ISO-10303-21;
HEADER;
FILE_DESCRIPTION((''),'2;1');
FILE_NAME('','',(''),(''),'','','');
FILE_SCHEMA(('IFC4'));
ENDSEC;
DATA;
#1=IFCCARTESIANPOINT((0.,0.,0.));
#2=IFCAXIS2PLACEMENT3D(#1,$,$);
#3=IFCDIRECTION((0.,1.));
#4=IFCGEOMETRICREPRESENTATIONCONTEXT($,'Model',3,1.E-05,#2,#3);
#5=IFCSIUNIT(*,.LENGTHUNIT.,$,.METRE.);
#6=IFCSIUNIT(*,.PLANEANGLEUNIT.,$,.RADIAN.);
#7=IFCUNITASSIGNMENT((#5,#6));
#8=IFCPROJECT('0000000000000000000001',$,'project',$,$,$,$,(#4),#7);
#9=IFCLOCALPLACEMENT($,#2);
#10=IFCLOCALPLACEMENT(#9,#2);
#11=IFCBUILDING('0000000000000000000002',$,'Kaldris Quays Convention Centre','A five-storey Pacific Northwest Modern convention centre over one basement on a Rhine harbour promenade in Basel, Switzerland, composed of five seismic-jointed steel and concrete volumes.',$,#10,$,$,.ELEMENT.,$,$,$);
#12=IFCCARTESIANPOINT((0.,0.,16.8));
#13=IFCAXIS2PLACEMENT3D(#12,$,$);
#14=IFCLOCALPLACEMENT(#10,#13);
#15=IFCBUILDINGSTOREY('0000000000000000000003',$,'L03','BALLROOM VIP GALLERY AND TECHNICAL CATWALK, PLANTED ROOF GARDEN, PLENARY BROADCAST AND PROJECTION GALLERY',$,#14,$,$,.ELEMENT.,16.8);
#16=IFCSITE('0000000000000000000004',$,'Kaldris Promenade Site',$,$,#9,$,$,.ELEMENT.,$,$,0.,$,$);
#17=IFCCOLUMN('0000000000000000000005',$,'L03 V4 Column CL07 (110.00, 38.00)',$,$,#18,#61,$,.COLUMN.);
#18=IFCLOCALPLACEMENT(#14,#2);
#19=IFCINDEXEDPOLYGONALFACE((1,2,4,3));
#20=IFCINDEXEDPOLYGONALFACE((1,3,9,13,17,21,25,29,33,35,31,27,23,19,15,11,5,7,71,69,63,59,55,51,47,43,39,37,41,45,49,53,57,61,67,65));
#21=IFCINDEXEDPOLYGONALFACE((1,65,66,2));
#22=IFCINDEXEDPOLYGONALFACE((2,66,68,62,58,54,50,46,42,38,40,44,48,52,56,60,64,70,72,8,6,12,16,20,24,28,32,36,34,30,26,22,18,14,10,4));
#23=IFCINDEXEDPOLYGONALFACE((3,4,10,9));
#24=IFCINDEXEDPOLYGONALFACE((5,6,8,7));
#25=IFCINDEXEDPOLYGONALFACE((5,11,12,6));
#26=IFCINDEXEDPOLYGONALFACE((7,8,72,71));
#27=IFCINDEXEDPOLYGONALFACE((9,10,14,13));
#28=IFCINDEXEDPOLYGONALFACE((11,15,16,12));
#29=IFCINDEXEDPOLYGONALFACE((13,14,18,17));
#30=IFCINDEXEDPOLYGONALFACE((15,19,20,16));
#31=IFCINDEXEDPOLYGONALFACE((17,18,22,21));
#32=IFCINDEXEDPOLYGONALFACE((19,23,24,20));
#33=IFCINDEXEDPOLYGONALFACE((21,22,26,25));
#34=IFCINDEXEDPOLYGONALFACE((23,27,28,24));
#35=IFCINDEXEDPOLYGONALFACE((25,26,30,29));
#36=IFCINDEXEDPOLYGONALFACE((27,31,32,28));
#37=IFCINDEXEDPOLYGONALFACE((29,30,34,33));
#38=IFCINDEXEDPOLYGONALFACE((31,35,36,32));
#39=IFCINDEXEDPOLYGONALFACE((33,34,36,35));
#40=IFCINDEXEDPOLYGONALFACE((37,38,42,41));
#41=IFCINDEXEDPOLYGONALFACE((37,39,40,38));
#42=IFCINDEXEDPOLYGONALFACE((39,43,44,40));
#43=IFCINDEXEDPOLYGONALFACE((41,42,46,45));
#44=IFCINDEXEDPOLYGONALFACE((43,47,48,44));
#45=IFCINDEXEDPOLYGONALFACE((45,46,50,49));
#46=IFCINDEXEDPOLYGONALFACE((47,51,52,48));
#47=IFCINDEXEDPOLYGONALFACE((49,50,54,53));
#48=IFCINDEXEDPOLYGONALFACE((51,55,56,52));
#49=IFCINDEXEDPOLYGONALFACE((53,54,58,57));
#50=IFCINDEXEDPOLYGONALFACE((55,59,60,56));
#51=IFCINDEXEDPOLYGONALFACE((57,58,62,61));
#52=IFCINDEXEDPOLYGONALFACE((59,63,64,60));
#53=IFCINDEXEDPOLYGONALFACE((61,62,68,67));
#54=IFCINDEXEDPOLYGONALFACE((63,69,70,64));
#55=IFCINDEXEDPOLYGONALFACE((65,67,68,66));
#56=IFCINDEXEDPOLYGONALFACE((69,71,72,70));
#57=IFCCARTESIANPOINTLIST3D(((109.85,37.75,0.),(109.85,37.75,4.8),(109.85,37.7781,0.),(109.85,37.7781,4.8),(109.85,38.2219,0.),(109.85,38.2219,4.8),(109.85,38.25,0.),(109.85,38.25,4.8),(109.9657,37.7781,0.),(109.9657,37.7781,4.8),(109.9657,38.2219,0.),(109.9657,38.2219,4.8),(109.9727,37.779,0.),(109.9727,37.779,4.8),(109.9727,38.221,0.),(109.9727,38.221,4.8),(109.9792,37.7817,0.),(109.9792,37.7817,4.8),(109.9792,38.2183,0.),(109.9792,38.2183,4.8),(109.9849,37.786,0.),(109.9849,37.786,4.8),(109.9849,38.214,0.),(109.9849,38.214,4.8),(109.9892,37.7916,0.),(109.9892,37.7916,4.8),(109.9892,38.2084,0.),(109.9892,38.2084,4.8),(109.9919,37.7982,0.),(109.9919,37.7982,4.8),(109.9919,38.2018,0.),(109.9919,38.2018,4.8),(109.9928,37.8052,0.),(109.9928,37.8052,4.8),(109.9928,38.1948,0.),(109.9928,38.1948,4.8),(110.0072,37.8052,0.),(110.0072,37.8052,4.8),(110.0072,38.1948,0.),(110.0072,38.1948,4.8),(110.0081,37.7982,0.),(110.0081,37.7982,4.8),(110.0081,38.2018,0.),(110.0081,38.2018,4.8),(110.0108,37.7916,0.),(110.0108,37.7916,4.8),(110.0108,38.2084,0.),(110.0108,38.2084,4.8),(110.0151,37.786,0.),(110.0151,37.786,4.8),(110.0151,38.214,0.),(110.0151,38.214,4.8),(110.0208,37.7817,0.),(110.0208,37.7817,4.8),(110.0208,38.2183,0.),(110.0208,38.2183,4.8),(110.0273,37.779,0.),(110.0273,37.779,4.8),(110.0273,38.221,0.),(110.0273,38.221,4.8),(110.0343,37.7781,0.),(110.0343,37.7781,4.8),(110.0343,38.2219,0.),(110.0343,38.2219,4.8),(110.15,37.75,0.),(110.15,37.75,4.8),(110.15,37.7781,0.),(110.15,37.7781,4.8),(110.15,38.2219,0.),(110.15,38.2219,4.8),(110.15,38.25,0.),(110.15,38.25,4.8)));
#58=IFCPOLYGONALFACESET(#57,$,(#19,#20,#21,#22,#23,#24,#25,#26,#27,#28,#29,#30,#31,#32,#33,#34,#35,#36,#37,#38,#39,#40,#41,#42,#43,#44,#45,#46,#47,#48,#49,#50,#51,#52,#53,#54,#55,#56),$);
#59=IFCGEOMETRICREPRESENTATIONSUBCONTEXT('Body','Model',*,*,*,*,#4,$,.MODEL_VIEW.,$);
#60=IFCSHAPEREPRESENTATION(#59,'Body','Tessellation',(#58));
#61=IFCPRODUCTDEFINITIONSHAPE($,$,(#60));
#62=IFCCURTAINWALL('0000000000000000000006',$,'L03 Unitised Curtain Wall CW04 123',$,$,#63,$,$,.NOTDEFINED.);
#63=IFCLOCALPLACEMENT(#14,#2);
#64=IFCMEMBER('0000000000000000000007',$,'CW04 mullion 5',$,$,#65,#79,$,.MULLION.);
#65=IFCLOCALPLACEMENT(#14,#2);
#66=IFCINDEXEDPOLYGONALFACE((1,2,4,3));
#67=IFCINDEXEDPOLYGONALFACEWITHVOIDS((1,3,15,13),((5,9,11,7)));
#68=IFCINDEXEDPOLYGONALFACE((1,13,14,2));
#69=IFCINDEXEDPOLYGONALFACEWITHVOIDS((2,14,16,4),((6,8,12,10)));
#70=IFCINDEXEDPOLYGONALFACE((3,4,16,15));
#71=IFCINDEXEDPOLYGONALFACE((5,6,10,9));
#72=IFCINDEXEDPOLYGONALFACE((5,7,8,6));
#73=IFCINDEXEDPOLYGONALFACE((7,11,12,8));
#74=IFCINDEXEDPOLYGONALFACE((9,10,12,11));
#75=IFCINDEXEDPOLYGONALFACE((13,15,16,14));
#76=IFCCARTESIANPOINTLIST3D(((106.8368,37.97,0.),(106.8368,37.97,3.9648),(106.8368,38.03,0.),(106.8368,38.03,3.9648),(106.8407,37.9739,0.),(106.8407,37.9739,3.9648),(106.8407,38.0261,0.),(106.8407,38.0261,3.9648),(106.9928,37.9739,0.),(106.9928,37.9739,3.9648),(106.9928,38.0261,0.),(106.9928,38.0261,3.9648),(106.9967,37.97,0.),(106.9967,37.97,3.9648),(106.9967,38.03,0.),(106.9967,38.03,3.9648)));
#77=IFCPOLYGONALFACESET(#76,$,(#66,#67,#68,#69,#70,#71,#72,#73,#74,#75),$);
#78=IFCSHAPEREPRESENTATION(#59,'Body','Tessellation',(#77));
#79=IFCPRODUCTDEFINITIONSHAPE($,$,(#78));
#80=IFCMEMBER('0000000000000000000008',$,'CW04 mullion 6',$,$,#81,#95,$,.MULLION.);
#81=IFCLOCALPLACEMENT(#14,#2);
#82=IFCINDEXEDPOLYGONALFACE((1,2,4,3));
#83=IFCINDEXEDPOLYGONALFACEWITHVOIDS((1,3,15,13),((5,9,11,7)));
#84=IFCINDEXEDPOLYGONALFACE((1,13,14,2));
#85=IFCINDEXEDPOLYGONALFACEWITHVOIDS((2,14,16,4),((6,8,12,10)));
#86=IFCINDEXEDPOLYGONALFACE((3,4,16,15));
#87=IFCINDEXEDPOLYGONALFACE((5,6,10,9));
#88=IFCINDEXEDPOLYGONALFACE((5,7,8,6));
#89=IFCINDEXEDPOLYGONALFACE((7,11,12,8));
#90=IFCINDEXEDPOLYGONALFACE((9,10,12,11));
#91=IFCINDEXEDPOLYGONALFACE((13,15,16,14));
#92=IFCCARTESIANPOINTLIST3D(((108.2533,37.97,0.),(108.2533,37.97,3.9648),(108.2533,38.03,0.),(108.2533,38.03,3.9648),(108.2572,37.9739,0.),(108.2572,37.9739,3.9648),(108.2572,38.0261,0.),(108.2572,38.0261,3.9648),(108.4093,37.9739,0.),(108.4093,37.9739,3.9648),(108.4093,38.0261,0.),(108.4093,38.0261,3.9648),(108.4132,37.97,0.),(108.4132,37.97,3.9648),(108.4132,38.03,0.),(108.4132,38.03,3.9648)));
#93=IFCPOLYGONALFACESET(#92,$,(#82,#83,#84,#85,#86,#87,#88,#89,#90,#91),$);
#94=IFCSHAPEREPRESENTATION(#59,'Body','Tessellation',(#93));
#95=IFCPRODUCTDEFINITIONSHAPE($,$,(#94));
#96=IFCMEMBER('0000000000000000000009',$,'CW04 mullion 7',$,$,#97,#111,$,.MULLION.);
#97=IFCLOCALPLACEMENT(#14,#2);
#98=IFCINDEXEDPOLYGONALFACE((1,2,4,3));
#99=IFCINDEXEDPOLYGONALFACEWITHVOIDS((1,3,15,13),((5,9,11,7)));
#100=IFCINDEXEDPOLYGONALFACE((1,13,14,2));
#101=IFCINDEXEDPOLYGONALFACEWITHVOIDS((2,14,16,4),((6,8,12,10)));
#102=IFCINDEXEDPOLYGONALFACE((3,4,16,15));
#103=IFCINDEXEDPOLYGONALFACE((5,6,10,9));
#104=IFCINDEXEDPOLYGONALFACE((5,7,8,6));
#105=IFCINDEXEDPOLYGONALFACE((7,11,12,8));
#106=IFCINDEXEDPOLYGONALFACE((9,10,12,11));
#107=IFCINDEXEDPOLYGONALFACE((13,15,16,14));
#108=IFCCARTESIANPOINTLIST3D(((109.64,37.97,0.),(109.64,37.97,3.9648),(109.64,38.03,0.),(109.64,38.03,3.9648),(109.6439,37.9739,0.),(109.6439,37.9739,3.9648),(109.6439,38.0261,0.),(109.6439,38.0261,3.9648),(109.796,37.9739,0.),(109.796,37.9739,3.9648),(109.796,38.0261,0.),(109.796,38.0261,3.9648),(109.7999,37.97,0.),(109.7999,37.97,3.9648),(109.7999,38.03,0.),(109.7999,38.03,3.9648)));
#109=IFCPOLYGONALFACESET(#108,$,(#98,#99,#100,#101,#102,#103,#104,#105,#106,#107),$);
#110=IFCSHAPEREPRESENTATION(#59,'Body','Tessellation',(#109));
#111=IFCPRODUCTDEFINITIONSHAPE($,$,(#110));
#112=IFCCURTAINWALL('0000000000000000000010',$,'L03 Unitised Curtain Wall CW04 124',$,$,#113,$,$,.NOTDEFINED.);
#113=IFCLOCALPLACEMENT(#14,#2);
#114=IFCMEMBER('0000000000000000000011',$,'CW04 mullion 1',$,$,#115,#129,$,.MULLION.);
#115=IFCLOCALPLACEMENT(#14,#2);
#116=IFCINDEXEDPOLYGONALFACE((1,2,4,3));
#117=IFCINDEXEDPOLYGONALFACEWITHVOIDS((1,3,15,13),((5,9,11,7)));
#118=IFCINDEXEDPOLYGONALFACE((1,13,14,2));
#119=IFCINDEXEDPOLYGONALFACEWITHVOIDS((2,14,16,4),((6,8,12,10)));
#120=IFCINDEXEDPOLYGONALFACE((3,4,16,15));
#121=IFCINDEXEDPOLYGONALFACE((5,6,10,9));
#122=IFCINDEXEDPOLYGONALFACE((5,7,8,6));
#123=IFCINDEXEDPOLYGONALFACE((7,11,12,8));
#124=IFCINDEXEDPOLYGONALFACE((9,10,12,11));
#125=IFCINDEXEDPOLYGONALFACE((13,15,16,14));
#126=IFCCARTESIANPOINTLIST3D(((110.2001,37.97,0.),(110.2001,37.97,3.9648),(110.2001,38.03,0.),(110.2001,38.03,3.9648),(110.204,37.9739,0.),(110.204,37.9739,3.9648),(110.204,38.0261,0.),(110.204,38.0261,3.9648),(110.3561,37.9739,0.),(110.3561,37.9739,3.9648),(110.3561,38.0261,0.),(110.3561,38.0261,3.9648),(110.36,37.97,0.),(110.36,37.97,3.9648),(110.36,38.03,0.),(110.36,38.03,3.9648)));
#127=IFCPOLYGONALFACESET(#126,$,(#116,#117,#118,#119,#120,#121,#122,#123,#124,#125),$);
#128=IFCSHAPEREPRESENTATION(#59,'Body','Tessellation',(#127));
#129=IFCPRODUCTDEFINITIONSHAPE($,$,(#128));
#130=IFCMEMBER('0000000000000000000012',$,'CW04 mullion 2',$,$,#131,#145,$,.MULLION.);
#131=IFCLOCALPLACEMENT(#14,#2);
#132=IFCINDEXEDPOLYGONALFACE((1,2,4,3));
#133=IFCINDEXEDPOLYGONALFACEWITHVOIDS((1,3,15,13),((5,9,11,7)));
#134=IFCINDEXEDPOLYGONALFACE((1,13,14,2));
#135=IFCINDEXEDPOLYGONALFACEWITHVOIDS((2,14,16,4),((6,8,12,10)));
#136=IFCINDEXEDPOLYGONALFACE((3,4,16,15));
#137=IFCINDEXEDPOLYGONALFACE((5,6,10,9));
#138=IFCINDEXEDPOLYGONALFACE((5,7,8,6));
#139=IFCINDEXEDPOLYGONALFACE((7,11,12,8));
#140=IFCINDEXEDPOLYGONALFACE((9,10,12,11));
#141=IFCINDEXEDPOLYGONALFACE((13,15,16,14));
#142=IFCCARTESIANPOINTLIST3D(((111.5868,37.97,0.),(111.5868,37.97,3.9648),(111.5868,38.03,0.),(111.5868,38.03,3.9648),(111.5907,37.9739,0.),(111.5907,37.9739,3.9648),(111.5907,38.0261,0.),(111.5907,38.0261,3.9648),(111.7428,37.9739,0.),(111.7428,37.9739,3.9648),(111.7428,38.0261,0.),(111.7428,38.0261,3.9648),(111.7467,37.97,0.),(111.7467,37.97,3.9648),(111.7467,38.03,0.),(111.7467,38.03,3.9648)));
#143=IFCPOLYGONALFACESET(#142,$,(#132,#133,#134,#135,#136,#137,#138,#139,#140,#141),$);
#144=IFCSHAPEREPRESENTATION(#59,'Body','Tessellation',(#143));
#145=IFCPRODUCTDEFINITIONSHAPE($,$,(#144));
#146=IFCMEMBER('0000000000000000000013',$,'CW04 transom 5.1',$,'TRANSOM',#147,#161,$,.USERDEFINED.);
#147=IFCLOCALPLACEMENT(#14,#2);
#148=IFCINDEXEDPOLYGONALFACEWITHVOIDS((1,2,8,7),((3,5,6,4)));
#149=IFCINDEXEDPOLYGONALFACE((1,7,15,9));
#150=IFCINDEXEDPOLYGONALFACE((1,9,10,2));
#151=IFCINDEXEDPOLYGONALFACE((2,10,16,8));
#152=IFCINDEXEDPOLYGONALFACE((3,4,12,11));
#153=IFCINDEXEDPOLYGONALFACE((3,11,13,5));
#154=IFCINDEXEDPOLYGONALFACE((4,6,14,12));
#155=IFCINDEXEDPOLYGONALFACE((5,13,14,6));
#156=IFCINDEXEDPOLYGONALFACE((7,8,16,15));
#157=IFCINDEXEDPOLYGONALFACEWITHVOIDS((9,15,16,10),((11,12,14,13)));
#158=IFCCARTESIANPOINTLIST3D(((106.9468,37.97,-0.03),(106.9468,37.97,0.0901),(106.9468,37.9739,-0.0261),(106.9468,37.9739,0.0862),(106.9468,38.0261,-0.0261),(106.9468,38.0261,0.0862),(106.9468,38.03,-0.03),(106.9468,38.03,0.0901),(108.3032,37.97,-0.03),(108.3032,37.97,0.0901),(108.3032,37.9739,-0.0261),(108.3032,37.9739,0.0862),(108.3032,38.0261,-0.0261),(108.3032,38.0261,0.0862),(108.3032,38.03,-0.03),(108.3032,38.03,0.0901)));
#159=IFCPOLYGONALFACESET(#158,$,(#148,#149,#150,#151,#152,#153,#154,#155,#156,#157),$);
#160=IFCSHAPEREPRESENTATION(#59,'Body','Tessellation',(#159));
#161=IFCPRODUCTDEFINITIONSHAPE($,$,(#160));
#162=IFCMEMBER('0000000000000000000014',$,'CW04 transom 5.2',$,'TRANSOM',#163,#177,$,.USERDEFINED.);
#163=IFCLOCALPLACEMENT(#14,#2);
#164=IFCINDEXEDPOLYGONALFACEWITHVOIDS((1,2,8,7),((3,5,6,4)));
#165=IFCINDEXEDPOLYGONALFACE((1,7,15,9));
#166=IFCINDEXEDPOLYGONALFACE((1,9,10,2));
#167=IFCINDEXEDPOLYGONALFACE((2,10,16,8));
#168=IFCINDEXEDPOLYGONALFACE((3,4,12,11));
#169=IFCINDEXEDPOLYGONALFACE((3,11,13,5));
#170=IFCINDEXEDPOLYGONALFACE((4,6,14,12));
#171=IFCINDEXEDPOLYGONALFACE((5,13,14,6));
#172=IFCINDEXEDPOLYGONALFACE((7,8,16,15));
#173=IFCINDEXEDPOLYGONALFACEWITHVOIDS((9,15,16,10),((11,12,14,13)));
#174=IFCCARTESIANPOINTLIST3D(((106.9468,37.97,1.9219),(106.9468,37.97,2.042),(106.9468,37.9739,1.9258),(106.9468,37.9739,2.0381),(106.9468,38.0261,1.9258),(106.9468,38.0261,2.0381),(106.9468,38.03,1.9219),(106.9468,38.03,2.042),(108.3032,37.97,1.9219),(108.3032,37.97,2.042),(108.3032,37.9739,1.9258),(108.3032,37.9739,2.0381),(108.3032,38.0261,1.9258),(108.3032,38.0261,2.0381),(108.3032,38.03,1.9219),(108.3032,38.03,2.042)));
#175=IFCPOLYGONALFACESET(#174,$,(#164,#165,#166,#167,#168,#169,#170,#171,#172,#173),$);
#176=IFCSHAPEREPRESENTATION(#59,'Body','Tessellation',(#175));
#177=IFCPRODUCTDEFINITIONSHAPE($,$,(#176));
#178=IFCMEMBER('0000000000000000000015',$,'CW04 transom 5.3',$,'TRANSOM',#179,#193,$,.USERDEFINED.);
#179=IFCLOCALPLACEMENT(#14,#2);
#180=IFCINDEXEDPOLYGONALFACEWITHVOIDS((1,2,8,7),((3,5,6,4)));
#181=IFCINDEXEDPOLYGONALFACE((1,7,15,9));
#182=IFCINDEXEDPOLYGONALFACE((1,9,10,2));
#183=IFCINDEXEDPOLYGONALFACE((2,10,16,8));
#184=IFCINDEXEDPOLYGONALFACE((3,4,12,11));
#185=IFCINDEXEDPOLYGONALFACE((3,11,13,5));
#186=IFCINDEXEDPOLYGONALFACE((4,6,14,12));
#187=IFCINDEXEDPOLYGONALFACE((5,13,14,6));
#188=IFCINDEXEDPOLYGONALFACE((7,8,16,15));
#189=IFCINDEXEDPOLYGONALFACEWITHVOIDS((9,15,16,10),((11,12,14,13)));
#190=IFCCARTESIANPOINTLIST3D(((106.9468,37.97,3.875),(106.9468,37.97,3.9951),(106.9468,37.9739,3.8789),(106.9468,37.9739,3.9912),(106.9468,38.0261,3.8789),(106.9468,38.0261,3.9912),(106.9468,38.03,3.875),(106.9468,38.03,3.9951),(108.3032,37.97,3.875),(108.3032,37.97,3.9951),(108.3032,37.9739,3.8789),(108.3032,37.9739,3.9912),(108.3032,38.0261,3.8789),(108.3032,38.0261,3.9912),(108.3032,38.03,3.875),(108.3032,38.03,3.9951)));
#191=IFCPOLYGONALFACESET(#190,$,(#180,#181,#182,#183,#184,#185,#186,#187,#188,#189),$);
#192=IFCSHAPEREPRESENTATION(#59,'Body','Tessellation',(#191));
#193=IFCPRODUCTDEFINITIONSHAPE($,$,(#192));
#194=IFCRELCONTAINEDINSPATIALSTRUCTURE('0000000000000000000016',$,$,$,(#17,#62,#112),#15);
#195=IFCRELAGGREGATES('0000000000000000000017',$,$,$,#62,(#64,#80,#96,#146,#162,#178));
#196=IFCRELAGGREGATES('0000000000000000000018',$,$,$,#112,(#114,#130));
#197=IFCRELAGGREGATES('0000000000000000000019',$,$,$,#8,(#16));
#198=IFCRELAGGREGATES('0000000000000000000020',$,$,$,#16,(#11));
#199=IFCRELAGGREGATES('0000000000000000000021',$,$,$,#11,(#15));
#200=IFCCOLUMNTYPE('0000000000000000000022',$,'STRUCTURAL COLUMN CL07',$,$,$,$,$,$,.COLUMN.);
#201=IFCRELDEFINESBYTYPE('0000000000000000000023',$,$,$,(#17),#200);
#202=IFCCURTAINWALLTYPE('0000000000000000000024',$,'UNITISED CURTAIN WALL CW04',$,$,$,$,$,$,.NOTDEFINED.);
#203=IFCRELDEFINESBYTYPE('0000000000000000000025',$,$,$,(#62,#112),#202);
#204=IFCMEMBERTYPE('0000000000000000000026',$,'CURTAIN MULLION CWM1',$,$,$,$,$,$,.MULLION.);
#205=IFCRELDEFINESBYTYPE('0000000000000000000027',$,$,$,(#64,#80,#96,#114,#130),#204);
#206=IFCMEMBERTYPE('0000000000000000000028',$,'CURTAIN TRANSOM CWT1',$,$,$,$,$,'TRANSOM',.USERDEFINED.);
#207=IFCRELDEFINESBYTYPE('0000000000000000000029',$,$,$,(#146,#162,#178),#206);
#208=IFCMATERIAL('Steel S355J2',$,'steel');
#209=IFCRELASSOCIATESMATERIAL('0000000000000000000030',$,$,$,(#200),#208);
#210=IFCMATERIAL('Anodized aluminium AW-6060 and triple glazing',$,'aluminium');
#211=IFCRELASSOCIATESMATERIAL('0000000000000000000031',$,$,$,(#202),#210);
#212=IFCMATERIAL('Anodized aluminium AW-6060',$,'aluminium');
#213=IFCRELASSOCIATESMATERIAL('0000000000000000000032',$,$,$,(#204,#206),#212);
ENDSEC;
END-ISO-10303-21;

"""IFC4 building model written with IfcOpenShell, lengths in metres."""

from ifc_helpers import new_model, si_unit, direction, frame, origin, origin_2d, place, context, subcontext, project, spatial, hollow_rectangle, i_section, extrude, material, material_profile, profile_set, type_object, element, aggregate, save


model = new_model("IFC4")

# Units and contexts
model_context = context("Model", 3, precision=1e-05, world=origin(), true_north=direction((0.0, 1.0)))
body_context = subcontext(model_context, "Body", "Model", "MODEL_VIEW")
ifc_project = project(units=[si_unit("LENGTHUNIT", "METRE"), si_unit("PLANEANGLEUNIT", "RADIAN")], contexts=[model_context])

# Site, building, storey
site_placement = place(None, origin())
site = spatial("IfcSite", under=ifc_project, at=site_placement, Name="Kaldris Promenade Site", CompositionType="ELEMENT", RefElevation=0.0)
building_placement = place(site_placement, origin())
building = spatial("IfcBuilding", under=site, at=building_placement, Name="Kaldris Quays Convention Centre", Description="A five-storey Pacific Northwest Modern convention centre over one basement on a Rhine harbour promenade in Basel, Switzerland, composed of five seismic-jointed steel and concrete volumes.", CompositionType="ELEMENT")
storey_placement = place(building_placement, frame((0.0, 0.0, 16.8)))
storey = spatial("IfcBuildingStorey", under=building, at=storey_placement, Name="L03", Description="BALLROOM VIP GALLERY AND TECHNICAL CATWALK, PLANTED ROOF GARDEN, PLENARY BROADCAST AND PROJECTION GALLERY", CompositionType="ELEMENT", Elevation=16.8)

# Column
ifc_material_1 = material(Name="Steel S355J2", Category="steel")
ifc_material_profile_1 = material_profile(ifc_material_1, i_section(OverallWidth=0.3, OverallDepth=0.5, WebThickness=0.0144, FlangeThickness=0.0281, FilletRadius=0.0271, at=origin_2d()), Name="HEB 500")
ifc_profile_set_1 = profile_set([ifc_material_profile_1], Name="Steel S355J2")
column_type = type_object("IfcColumnType", Name="STRUCTURAL COLUMN CL07", PredefinedType="COLUMN", material=ifc_profile_set_1)
column_placement = place(storey_placement, frame((110.0, 38.0, 0.0), z_axis=(0.0, 0.0, 1.0), x_axis=(1.0, 0.0, 0.0)))
element("IfcColumn", 1, at=column_placement, inside=storey, type_object=column_type, Name="L03 V4 Column CL07 (110.00, 38.00)", PredefinedType="COLUMN", context=body_context, shape_type="SweptSolid", body=[
    extrude(i_section(OverallWidth=0.3, OverallDepth=0.5, WebThickness=0.0144, FlangeThickness=0.0281, FilletRadius=0.0271, at=origin_2d()), origin(), (0.0, 0.0, 1.0), 4.8),
])

# Curtain walls, members
ifc_material_2 = material(Name="Anodized aluminium AW-6060 and triple glazing", Category="aluminium")
curtain_wall_type = type_object("IfcCurtainWallType", Name="UNITISED CURTAIN WALL CW04", PredefinedType="NOTDEFINED", material=ifc_material_2)
curtain_wall_1_placement = place(storey_placement, origin())
curtain_wall_1 = element("IfcCurtainWall", 2, at=curtain_wall_1_placement, inside=storey, type_object=curtain_wall_type, Name="L03 Unitised Curtain Wall CW04 123", PredefinedType="NOTDEFINED")
ifc_material_3 = material(Name="Anodized aluminium AW-6060", Category="aluminium")
ifc_material_profile_2 = material_profile(ifc_material_3, hollow_rectangle(XDim=0.0601, YDim=0.1599, WallThickness=0.0039, at=origin_2d()), Name="RHS 160x60x4")
ifc_profile_set_2 = profile_set([ifc_material_profile_2], Name="Anodized aluminium AW-6060")
member_type_1 = type_object("IfcMemberType", Name="CURTAIN MULLION CWM1", PredefinedType="MULLION", material=ifc_profile_set_2)
member_1_placement = place(storey_placement, frame((106.9167, 38.0, 0.0), z_axis=(0.0, 0.0, 1.0), x_axis=(0.0, 1.0, 0.0)))
member_1 = element("IfcMember", 3, at=member_1_placement, type_object=member_type_1, Name="CW04 mullion 5", PredefinedType="MULLION", context=body_context, shape_type="SweptSolid", body=[
    extrude(hollow_rectangle(XDim=0.0601, YDim=0.1599, WallThickness=0.0039, at=origin_2d()), origin(), (0.0, 0.0, 1.0), 3.9648),
])
member_2_placement = place(storey_placement, frame((108.3333, 38.0, 0.0), z_axis=(0.0, 0.0, 1.0), x_axis=(0.0, 1.0, 0.0)))
member_2 = element("IfcMember", 4, at=member_2_placement, type_object=member_type_1, Name="CW04 mullion 6", PredefinedType="MULLION", context=body_context, shape_type="SweptSolid", body=[
    extrude(hollow_rectangle(XDim=0.0601, YDim=0.1599, WallThickness=0.0039, at=origin_2d()), origin(), (0.0, 0.0, 1.0), 3.9648),
])
member_3_placement = place(storey_placement, frame((109.72, 38.0, 0.0), z_axis=(0.0, 0.0, 1.0), x_axis=(0.0, 1.0, 0.0)))
member_3 = element("IfcMember", 5, at=member_3_placement, type_object=member_type_1, Name="CW04 mullion 7", PredefinedType="MULLION", context=body_context, shape_type="SweptSolid", body=[
    extrude(hollow_rectangle(XDim=0.0601, YDim=0.1599, WallThickness=0.0039, at=origin_2d()), origin(), (0.0, 0.0, 1.0), 3.9648),
])
curtain_wall_2_placement = place(storey_placement, origin())
curtain_wall_2 = element("IfcCurtainWall", 6, at=curtain_wall_2_placement, inside=storey, type_object=curtain_wall_type, Name="L03 Unitised Curtain Wall CW04 124", PredefinedType="NOTDEFINED")
member_4_placement = place(storey_placement, frame((110.28, 38.0, 0.0), z_axis=(0.0, 0.0, 1.0), x_axis=(0.0, 1.0, 0.0)))
member_4 = element("IfcMember", 7, at=member_4_placement, type_object=member_type_1, Name="CW04 mullion 1", PredefinedType="MULLION", context=body_context, shape_type="SweptSolid", body=[
    extrude(hollow_rectangle(XDim=0.0601, YDim=0.1599, WallThickness=0.0039, at=origin_2d()), origin(), (0.0, 0.0, 1.0), 3.9648),
])
member_5_placement = place(storey_placement, frame((111.6667, 38.0, 0.0), z_axis=(0.0, 0.0, 1.0), x_axis=(0.0, 1.0, 0.0)))
member_5 = element("IfcMember", 8, at=member_5_placement, type_object=member_type_1, Name="CW04 mullion 2", PredefinedType="MULLION", context=body_context, shape_type="SweptSolid", body=[
    extrude(hollow_rectangle(XDim=0.0601, YDim=0.1599, WallThickness=0.0039, at=origin_2d()), origin(), (0.0, 0.0, 1.0), 3.9648),
])

# Members
ifc_material_profile_3 = material_profile(ifc_material_3, hollow_rectangle(XDim=0.0601, YDim=0.1201, WallThickness=0.0039, at=origin_2d()), Name="RHS 120x60x4")
ifc_profile_set_3 = profile_set([ifc_material_profile_3], Name="Anodized aluminium AW-6060")
member_type_2 = type_object("IfcMemberType", Name="CURTAIN TRANSOM CWT1", ElementType="TRANSOM", PredefinedType="USERDEFINED", material=ifc_profile_set_3)
member_6_placement = place(storey_placement, frame((106.9468, 38.0, 0.03), z_axis=(1.0, 0.0, 0.0), x_axis=(0.0, 1.0, 0.0)))
member_6 = element("IfcMember", 9, at=member_6_placement, type_object=member_type_2, Name="CW04 transom 5.1", ObjectType="TRANSOM", PredefinedType="USERDEFINED", context=body_context, shape_type="SweptSolid", body=[
    extrude(hollow_rectangle(XDim=0.0601, YDim=0.1201, WallThickness=0.0039, at=origin_2d()), origin(), (0.0, 0.0, 1.0), 1.3564),
])
member_7_placement = place(storey_placement, frame((106.9468, 38.0, 1.9819), z_axis=(1.0, 0.0, 0.0), x_axis=(0.0, 1.0, 0.0)))
member_7 = element("IfcMember", 10, at=member_7_placement, type_object=member_type_2, Name="CW04 transom 5.2", ObjectType="TRANSOM", PredefinedType="USERDEFINED", context=body_context, shape_type="SweptSolid", body=[
    extrude(hollow_rectangle(XDim=0.0601, YDim=0.1201, WallThickness=0.0039, at=origin_2d()), origin(), (0.0, 0.0, 1.0), 1.3564),
])
member_8_placement = place(storey_placement, frame((106.9468, 38.0, 3.9351), z_axis=(1.0, 0.0, 0.0), x_axis=(0.0, 1.0, 0.0)))
member_8 = element("IfcMember", 11, at=member_8_placement, type_object=member_type_2, Name="CW04 transom 5.3", ObjectType="TRANSOM", PredefinedType="USERDEFINED", context=body_context, shape_type="SweptSolid", body=[
    extrude(hollow_rectangle(XDim=0.0601, YDim=0.1201, WallThickness=0.0039, at=origin_2d()), origin(), (0.0, 0.0, 1.0), 1.3564),
])

aggregate(curtain_wall_1, [member_1, member_2, member_3, member_6, member_7, member_8])
aggregate(curtain_wall_2, [member_4, member_5])

save(model, "model.ifc")
